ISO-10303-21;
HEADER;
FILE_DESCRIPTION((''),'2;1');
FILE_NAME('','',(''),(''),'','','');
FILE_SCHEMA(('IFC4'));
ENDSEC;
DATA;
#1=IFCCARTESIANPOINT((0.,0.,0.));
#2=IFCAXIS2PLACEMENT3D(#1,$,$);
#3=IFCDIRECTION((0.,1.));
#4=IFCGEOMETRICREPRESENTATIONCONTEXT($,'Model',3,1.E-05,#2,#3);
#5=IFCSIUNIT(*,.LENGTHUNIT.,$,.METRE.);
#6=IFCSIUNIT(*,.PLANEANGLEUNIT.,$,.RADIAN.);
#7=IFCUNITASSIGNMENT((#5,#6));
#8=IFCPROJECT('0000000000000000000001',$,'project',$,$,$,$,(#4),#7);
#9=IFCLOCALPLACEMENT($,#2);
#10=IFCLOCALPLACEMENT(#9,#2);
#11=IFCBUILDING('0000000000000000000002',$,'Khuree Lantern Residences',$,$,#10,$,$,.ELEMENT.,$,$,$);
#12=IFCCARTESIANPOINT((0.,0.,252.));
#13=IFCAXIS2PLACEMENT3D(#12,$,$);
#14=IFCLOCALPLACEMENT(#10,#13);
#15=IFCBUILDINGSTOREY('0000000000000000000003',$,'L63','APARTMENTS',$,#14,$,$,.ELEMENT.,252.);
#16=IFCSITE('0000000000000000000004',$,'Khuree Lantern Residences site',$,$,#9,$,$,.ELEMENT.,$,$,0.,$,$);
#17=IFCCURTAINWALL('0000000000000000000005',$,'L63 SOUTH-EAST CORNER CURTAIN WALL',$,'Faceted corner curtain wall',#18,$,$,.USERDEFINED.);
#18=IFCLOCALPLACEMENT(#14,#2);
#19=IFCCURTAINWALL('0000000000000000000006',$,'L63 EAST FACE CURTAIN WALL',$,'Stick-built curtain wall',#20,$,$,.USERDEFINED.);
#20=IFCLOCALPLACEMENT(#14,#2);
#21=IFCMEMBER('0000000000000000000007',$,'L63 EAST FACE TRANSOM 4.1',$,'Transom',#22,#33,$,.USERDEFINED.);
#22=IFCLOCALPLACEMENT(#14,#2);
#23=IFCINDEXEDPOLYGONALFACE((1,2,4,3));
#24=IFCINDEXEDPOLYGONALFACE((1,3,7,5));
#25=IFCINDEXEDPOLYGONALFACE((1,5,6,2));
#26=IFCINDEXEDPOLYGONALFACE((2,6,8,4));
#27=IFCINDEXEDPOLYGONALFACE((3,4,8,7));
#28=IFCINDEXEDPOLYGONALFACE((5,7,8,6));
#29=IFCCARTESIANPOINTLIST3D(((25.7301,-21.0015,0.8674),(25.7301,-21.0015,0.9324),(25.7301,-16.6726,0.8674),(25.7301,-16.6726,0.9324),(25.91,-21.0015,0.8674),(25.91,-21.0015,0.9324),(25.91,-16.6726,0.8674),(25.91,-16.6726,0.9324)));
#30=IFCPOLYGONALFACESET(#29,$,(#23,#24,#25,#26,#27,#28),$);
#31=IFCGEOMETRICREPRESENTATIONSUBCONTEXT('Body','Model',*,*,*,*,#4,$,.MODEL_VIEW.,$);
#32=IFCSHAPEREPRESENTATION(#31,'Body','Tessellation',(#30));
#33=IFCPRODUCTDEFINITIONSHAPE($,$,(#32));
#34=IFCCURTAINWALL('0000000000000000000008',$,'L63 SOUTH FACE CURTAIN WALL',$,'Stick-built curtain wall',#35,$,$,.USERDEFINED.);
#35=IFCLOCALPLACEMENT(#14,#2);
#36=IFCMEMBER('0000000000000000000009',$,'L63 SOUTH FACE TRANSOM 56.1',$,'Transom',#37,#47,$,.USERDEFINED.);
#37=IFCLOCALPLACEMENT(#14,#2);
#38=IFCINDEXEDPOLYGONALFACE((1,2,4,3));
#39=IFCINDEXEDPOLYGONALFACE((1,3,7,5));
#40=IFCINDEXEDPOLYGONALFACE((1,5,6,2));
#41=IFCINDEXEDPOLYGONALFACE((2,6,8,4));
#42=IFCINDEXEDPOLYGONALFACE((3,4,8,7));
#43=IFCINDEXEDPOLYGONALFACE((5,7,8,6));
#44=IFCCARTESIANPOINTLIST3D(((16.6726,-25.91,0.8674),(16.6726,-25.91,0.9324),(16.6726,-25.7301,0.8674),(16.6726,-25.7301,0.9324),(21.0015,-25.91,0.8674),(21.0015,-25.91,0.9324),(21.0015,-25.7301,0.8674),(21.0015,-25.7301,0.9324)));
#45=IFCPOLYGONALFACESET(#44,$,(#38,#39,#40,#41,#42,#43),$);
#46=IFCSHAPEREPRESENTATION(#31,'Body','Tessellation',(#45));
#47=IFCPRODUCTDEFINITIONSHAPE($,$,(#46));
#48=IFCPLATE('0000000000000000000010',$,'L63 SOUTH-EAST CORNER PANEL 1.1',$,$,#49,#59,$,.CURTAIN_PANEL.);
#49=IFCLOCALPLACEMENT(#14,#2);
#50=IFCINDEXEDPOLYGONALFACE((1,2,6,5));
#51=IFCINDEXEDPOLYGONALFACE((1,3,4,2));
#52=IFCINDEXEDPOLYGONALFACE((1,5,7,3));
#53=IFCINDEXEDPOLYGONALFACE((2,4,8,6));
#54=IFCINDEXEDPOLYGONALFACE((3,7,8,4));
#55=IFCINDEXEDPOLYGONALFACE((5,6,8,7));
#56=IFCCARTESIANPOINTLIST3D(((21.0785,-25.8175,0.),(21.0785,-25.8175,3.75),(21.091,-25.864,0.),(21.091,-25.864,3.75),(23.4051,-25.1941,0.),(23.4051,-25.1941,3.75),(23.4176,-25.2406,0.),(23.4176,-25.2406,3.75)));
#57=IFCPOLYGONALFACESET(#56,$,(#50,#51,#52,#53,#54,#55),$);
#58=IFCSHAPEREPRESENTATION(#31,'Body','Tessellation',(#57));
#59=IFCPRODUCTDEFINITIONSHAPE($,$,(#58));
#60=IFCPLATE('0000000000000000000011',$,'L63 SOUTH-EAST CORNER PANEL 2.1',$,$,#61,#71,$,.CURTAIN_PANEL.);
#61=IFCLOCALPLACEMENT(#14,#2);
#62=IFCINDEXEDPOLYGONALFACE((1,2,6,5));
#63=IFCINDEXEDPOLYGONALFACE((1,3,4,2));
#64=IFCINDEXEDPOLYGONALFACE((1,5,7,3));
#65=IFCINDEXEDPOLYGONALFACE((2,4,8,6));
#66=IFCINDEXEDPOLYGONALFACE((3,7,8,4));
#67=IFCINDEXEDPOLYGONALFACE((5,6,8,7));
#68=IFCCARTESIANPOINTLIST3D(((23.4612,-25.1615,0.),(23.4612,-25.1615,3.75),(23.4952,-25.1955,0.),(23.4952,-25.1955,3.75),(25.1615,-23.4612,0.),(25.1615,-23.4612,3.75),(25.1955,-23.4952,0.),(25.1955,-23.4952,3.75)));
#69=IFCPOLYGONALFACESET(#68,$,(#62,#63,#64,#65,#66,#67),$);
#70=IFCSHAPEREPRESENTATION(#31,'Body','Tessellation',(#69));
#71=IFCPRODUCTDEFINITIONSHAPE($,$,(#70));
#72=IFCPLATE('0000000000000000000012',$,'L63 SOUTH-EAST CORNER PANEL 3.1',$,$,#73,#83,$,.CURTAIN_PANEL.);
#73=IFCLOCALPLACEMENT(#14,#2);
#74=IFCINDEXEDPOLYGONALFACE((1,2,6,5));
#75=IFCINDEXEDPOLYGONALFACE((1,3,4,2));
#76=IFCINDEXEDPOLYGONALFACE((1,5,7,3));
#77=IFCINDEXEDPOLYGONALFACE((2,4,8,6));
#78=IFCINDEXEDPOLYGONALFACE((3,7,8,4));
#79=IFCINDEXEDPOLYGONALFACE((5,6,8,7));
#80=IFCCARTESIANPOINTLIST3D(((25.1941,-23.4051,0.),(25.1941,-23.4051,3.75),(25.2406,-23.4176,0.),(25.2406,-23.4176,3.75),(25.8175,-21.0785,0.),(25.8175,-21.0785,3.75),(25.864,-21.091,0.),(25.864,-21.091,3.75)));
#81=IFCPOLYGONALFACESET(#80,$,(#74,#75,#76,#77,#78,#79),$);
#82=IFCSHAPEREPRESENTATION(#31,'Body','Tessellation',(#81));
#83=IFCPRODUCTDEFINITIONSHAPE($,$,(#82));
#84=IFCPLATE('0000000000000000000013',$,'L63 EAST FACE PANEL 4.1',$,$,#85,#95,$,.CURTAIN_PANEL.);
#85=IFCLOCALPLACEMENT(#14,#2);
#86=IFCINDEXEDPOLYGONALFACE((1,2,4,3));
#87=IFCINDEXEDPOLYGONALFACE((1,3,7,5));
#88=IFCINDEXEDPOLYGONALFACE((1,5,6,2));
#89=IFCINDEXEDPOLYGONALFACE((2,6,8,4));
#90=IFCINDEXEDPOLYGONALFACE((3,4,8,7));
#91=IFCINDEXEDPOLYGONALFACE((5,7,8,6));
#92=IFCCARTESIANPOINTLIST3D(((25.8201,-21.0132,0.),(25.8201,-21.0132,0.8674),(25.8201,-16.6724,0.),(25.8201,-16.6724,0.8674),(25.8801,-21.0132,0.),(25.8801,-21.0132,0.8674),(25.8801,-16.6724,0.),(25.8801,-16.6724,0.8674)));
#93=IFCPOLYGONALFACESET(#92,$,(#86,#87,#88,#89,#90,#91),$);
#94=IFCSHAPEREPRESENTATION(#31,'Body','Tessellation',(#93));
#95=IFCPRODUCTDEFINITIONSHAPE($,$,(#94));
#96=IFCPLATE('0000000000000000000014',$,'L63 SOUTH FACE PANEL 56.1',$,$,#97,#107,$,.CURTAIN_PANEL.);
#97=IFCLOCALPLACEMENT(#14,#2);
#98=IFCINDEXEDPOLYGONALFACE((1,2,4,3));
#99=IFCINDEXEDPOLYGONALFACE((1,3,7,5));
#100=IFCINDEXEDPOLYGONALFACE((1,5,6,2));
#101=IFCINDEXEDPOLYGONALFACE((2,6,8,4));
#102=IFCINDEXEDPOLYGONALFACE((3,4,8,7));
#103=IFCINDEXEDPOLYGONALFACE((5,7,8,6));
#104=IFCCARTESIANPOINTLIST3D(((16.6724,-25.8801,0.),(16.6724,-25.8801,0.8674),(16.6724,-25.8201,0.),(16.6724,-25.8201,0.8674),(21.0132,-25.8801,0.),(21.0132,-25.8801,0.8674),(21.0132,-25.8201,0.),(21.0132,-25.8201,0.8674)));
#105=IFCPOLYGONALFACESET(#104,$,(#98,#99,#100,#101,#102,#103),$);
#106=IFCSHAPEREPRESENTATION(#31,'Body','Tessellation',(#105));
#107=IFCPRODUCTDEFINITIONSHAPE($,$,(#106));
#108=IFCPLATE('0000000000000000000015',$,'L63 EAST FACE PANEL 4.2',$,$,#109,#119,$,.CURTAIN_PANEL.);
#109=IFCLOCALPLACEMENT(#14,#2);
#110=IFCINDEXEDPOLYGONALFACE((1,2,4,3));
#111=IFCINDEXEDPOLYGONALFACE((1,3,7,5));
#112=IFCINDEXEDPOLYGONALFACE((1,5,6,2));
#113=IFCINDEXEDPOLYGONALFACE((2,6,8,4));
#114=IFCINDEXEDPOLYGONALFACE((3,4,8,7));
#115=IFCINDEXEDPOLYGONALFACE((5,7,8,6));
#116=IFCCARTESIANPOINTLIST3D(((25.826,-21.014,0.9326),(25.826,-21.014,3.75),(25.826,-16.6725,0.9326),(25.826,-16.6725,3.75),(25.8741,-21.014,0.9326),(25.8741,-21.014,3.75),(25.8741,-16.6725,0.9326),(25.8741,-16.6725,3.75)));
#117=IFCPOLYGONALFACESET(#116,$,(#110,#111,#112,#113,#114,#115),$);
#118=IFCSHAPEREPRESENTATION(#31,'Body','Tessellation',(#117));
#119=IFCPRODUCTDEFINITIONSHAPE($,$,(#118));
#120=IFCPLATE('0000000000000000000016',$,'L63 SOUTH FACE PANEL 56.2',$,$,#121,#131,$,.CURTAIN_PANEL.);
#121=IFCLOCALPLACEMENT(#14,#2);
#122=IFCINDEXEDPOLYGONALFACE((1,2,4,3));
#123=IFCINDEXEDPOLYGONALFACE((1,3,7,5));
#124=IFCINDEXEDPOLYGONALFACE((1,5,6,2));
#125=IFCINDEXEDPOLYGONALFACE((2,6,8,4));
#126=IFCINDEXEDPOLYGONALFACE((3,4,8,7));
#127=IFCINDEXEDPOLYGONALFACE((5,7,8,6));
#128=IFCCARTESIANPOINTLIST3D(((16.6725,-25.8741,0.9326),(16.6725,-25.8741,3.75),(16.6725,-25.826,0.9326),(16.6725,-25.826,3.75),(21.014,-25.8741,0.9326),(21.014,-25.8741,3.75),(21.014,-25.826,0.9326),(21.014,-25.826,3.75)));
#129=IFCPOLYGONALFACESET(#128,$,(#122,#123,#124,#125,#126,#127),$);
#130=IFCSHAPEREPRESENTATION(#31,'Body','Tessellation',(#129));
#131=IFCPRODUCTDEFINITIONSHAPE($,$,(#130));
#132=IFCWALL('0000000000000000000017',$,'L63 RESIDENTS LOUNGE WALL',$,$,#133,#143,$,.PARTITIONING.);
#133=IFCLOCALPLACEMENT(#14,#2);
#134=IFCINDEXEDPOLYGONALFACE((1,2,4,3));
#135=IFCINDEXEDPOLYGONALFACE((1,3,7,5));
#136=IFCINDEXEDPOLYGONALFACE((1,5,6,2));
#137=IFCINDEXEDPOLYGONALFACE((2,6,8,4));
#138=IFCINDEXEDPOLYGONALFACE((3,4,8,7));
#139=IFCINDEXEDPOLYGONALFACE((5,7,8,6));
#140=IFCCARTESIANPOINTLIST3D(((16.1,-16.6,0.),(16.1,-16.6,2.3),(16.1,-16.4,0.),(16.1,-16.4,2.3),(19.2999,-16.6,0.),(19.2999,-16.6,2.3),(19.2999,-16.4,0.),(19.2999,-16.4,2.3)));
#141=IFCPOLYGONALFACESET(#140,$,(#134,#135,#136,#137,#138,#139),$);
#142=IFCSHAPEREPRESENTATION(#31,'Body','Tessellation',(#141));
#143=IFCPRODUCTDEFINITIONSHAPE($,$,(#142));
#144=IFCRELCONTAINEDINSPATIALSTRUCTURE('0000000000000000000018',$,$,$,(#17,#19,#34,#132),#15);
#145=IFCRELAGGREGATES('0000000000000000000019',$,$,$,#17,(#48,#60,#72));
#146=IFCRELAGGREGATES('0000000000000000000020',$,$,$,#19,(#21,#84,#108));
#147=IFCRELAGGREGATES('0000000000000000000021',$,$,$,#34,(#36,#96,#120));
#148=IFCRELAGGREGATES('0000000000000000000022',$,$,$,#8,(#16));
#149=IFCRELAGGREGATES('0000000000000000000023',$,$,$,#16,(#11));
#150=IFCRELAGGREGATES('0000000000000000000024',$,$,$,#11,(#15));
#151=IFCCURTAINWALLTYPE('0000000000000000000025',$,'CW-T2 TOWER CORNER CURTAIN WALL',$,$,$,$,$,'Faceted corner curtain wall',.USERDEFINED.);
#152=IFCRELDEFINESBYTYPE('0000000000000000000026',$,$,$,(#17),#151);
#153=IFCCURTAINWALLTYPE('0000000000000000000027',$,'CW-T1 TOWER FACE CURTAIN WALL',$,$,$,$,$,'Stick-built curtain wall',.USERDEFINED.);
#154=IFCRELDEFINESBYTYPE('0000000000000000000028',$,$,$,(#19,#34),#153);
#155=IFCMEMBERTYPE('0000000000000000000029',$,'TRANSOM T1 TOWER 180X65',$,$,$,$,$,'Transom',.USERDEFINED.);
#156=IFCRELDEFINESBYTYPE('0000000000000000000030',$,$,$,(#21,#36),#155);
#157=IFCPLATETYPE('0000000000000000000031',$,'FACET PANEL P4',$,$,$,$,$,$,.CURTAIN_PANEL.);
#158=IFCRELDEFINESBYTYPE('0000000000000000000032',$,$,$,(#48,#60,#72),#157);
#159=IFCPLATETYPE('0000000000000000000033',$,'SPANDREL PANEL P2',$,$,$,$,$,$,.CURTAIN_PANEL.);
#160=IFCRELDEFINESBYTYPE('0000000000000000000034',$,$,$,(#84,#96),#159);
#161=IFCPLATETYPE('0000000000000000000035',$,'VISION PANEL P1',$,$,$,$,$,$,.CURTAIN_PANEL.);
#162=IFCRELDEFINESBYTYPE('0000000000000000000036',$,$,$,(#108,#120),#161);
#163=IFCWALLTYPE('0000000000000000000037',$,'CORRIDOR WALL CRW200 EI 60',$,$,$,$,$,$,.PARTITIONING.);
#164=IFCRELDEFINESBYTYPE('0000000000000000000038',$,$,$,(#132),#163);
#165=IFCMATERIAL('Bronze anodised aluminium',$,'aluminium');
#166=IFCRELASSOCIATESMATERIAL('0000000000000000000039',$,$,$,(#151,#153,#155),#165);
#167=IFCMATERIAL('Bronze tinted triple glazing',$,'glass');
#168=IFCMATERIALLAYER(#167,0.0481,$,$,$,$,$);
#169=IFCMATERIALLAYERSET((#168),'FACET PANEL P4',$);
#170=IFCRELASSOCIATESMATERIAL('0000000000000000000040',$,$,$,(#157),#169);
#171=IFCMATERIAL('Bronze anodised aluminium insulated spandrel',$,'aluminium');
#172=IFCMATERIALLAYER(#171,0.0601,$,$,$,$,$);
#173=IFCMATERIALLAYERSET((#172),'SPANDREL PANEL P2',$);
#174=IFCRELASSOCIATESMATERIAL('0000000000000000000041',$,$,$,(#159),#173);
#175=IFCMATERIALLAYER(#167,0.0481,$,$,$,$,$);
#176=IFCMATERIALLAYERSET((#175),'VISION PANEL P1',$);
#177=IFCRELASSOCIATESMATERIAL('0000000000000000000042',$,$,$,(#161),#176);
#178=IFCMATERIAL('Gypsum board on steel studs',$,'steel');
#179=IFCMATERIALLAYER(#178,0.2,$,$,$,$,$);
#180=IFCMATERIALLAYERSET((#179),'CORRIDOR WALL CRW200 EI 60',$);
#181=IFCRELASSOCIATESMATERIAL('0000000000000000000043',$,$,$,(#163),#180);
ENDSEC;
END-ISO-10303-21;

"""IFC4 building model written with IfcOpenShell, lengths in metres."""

from ifc_helpers import new_model, si_unit, direction, frame, frame_2d, origin, origin_2d, place, context, subcontext, project, spatial, rectangle, extrude, material, layer, layer_set, material_profile, profile_set, type_object, element, aggregate, save


model = new_model("IFC4")

# Units and contexts
model_context = context("Model", 3, precision=1e-05, world=origin(), true_north=direction((0.0, 1.0)))
body_context = subcontext(model_context, "Body", "Model", "MODEL_VIEW")
ifc_project = project(units=[si_unit("LENGTHUNIT", "METRE"), si_unit("PLANEANGLEUNIT", "RADIAN")], contexts=[model_context])

# Site, building, storey
site_placement = place(None, origin())
site = spatial("IfcSite", under=ifc_project, at=site_placement, Name="Khuree Lantern Residences site", CompositionType="ELEMENT", RefElevation=0.0)
building_placement = place(site_placement, origin())
building = spatial("IfcBuilding", under=site, at=building_placement, Name="Khuree Lantern Residences", CompositionType="ELEMENT")
storey_placement = place(building_placement, frame((0.0, 0.0, 252.0)))
storey = spatial("IfcBuildingStorey", under=building, at=storey_placement, Name="L63", Description="APARTMENTS", CompositionType="ELEMENT", Elevation=252.0)

# Curtain walls
ifc_material_1 = material(Name="Bronze anodised aluminium", Category="aluminium")
curtain_wall_type_1 = type_object("IfcCurtainWallType", Name="CW-T2 TOWER CORNER CURTAIN WALL", ElementType="Faceted corner curtain wall", PredefinedType="USERDEFINED", material=ifc_material_1)
curtain_wall_1_placement = place(storey_placement, origin())
curtain_wall_1 = element("IfcCurtainWall", 1, at=curtain_wall_1_placement, inside=storey, type_object=curtain_wall_type_1, Name="L63 SOUTH-EAST CORNER CURTAIN WALL", ObjectType="Faceted corner curtain wall", PredefinedType="USERDEFINED")
curtain_wall_type_2 = type_object("IfcCurtainWallType", Name="CW-T1 TOWER FACE CURTAIN WALL", ElementType="Stick-built curtain wall", PredefinedType="USERDEFINED", material=ifc_material_1)
curtain_wall_2_placement = place(storey_placement, origin())
curtain_wall_2 = element("IfcCurtainWall", 2, at=curtain_wall_2_placement, inside=storey, type_object=curtain_wall_type_2, Name="L63 EAST FACE CURTAIN WALL", ObjectType="Stick-built curtain wall", PredefinedType="USERDEFINED")

# Member
ifc_material_profile_1 = material_profile(ifc_material_1, rectangle(XDim=0.1799, YDim=0.0649, at=origin_2d()), Name="T1 180X65")
ifc_profile_set_1 = profile_set([ifc_material_profile_1], Name="Bronze anodised aluminium")
member_type_1 = type_object("IfcMemberType", Name="TRANSOM T1 TOWER 180X65", ElementType="Transom", PredefinedType="USERDEFINED", material=ifc_profile_set_1)
member_1_placement = place(storey_placement, frame((25.8201, -21.0015, 0.8999), z_axis=(0.0, 1.0, 0.0), x_axis=(-1.0, 0.0, 0.0)))
member_1 = element("IfcMember", 3, at=member_1_placement, type_object=member_type_1, Name="L63 EAST FACE TRANSOM 4.1", ObjectType="Transom", PredefinedType="USERDEFINED", context=body_context, shape_type="SweptSolid", body=[
    extrude(rectangle(XDim=0.1799, YDim=0.0649, at=origin_2d()), origin(), (0.0, 0.0, 1.0), 4.3289),
])

# Curtain wall, member
curtain_wall_3_placement = place(storey_placement, origin())
curtain_wall_3 = element("IfcCurtainWall", 4, at=curtain_wall_3_placement, inside=storey, type_object=curtain_wall_type_2, Name="L63 SOUTH FACE CURTAIN WALL", ObjectType="Stick-built curtain wall", PredefinedType="USERDEFINED")
member_2_placement = place(storey_placement, frame((16.6726, -25.8201, 0.8999), z_axis=(1.0, 0.0, 0.0), x_axis=(0.0, 1.0, 0.0)))
member_2 = element("IfcMember", 5, at=member_2_placement, type_object=member_type_1, Name="L63 SOUTH FACE TRANSOM 56.1", ObjectType="Transom", PredefinedType="USERDEFINED", context=body_context, shape_type="SweptSolid", body=[
    extrude(rectangle(XDim=0.1799, YDim=0.0649, at=origin_2d()), origin(), (0.0, 0.0, 1.0), 4.3289),
])

# Plates
ifc_material_2 = material(Name="Bronze tinted triple glazing", Category="glass")
ifc_layer_1 = layer(ifc_material_2, 0.0481)
ifc_layer_set_1 = layer_set([ifc_layer_1], Name="FACET PANEL P4")
plate_type_1 = type_object("IfcPlateType", Name="FACET PANEL P4", PredefinedType="CURTAIN_PANEL", material=ifc_layer_set_1)
plate_1_placement = place(storey_placement, frame((22.248, -25.5291, 0.0), z_axis=(0.0, 0.0, 1.0), x_axis=(0.965926, 0.258819, 0.0)))
plate_1 = element("IfcPlate", 6, at=plate_1_placement, type_object=plate_type_1, Name="L63 SOUTH-EAST CORNER PANEL 1.1", PredefinedType="CURTAIN_PANEL", context=body_context, shape_type="SweptSolid", body=[
    extrude(rectangle(XDim=2.4087, YDim=0.0481, at=origin_2d()), origin(), (0.0, 0.0, 1.0), 3.75),
])
plate_2_placement = place(storey_placement, frame((24.3284, -24.3284, 0.0), z_axis=(0.0, 0.0, 1.0), x_axis=(0.707107, 0.707107, 0.0)))
plate_2 = element("IfcPlate", 7, at=plate_2_placement, type_object=plate_type_1, Name="L63 SOUTH-EAST CORNER PANEL 2.1", PredefinedType="CURTAIN_PANEL", context=body_context, shape_type="SweptSolid", body=[
    extrude(rectangle(XDim=2.4045, YDim=0.0481, at=origin_2d()), origin(), (0.0, 0.0, 1.0), 3.75),
])
plate_3_placement = place(storey_placement, frame((25.5291, -22.248, 0.0), z_axis=(0.0, 0.0, 1.0), x_axis=(0.258819, 0.965926, 0.0)))
plate_3 = element("IfcPlate", 8, at=plate_3_placement, type_object=plate_type_1, Name="L63 SOUTH-EAST CORNER PANEL 3.1", PredefinedType="CURTAIN_PANEL", context=body_context, shape_type="SweptSolid", body=[
    extrude(rectangle(XDim=2.4087, YDim=0.0481, at=origin_2d()), origin(), (0.0, 0.0, 1.0), 3.75),
])
aggregate(curtain_wall_1, [plate_1, plate_2, plate_3])
ifc_material_3 = material(Name="Bronze anodised aluminium insulated spandrel", Category="aluminium")
ifc_layer_2 = layer(ifc_material_3, 0.0601)
ifc_layer_set_2 = layer_set([ifc_layer_2], Name="SPANDREL PANEL P2")
plate_type_2 = type_object("IfcPlateType", Name="SPANDREL PANEL P2", PredefinedType="CURTAIN_PANEL", material=ifc_layer_set_2)
plate_4_placement = place(storey_placement, frame((25.8501, -18.8428, 0.0), z_axis=(0.0, 0.0, 1.0), x_axis=(0.0, 1.0, 0.0)))
plate_4 = element("IfcPlate", 9, at=plate_4_placement, type_object=plate_type_2, Name="L63 EAST FACE PANEL 4.1", PredefinedType="CURTAIN_PANEL", context=body_context, shape_type="SweptSolid", body=[
    extrude(rectangle(XDim=4.3408, YDim=0.0601, at=origin_2d()), origin(), (0.0, 0.0, 1.0), 0.8674),
])
plate_5_placement = place(storey_placement, frame((18.8428, -25.8501, 0.0), z_axis=(0.0, 0.0, 1.0), x_axis=(1.0, 0.0, 0.0)))
plate_5 = element("IfcPlate", 10, at=plate_5_placement, type_object=plate_type_2, Name="L63 SOUTH FACE PANEL 56.1", PredefinedType="CURTAIN_PANEL", context=body_context, shape_type="SweptSolid", body=[
    extrude(rectangle(XDim=4.3408, YDim=0.0601, at=origin_2d()), origin(), (0.0, 0.0, 1.0), 0.8674),
])
ifc_layer_3 = layer(ifc_material_2, 0.0481)
ifc_layer_set_3 = layer_set([ifc_layer_3], Name="VISION PANEL P1")
plate_type_3 = type_object("IfcPlateType", Name="VISION PANEL P1", PredefinedType="CURTAIN_PANEL", material=ifc_layer_set_3)
plate_6_placement = place(storey_placement, frame((25.8501, -18.8433, 0.9326), z_axis=(0.0, 0.0, 1.0), x_axis=(0.0, 1.0, 0.0)))
plate_6 = element("IfcPlate", 11, at=plate_6_placement, type_object=plate_type_3, Name="L63 EAST FACE PANEL 4.2", PredefinedType="CURTAIN_PANEL", context=body_context, shape_type="SweptSolid", body=[
    extrude(rectangle(XDim=4.3416, YDim=0.0481, at=origin_2d()), origin(), (0.0, 0.0, 1.0), 2.8174),
])
aggregate(curtain_wall_2, [member_1, plate_4, plate_6])
plate_7_placement = place(storey_placement, frame((18.8433, -25.8501, 0.9326), z_axis=(0.0, 0.0, 1.0), x_axis=(1.0, 0.0, 0.0)))
plate_7 = element("IfcPlate", 12, at=plate_7_placement, type_object=plate_type_3, Name="L63 SOUTH FACE PANEL 56.2", PredefinedType="CURTAIN_PANEL", context=body_context, shape_type="SweptSolid", body=[
    extrude(rectangle(XDim=4.3416, YDim=0.0481, at=origin_2d()), origin(), (0.0, 0.0, 1.0), 2.8174),
])
aggregate(curtain_wall_3, [member_2, plate_5, plate_7])

# Wall
ifc_material_4 = material(Name="Gypsum board on steel studs", Category="steel")
ifc_layer_4 = layer(ifc_material_4, 0.2)
ifc_layer_set_4 = layer_set([ifc_layer_4], Name="CORRIDOR WALL CRW200 EI 60")
wall_type = type_object("IfcWallType", Name="CORRIDOR WALL CRW200 EI 60", PredefinedType="PARTITIONING", material=ifc_layer_set_4)
wall_placement = place(storey_placement, frame((19.3, -16.5, 0.0), z_axis=(0.0, 0.0, 1.0), x_axis=(-1.0, 0.0, 0.0)))
element("IfcWall", 13, at=wall_placement, inside=storey, type_object=wall_type, Name="L63 RESIDENTS LOUNGE WALL", PredefinedType="PARTITIONING", context=body_context, shape_type="SweptSolid", body=[
    extrude(rectangle(XDim=3.2, YDim=0.2, at=frame_2d((1.6001, 0.0))), origin(), (0.0, 0.0, 1.0), 2.3),
])

save(model, "model.ifc")
